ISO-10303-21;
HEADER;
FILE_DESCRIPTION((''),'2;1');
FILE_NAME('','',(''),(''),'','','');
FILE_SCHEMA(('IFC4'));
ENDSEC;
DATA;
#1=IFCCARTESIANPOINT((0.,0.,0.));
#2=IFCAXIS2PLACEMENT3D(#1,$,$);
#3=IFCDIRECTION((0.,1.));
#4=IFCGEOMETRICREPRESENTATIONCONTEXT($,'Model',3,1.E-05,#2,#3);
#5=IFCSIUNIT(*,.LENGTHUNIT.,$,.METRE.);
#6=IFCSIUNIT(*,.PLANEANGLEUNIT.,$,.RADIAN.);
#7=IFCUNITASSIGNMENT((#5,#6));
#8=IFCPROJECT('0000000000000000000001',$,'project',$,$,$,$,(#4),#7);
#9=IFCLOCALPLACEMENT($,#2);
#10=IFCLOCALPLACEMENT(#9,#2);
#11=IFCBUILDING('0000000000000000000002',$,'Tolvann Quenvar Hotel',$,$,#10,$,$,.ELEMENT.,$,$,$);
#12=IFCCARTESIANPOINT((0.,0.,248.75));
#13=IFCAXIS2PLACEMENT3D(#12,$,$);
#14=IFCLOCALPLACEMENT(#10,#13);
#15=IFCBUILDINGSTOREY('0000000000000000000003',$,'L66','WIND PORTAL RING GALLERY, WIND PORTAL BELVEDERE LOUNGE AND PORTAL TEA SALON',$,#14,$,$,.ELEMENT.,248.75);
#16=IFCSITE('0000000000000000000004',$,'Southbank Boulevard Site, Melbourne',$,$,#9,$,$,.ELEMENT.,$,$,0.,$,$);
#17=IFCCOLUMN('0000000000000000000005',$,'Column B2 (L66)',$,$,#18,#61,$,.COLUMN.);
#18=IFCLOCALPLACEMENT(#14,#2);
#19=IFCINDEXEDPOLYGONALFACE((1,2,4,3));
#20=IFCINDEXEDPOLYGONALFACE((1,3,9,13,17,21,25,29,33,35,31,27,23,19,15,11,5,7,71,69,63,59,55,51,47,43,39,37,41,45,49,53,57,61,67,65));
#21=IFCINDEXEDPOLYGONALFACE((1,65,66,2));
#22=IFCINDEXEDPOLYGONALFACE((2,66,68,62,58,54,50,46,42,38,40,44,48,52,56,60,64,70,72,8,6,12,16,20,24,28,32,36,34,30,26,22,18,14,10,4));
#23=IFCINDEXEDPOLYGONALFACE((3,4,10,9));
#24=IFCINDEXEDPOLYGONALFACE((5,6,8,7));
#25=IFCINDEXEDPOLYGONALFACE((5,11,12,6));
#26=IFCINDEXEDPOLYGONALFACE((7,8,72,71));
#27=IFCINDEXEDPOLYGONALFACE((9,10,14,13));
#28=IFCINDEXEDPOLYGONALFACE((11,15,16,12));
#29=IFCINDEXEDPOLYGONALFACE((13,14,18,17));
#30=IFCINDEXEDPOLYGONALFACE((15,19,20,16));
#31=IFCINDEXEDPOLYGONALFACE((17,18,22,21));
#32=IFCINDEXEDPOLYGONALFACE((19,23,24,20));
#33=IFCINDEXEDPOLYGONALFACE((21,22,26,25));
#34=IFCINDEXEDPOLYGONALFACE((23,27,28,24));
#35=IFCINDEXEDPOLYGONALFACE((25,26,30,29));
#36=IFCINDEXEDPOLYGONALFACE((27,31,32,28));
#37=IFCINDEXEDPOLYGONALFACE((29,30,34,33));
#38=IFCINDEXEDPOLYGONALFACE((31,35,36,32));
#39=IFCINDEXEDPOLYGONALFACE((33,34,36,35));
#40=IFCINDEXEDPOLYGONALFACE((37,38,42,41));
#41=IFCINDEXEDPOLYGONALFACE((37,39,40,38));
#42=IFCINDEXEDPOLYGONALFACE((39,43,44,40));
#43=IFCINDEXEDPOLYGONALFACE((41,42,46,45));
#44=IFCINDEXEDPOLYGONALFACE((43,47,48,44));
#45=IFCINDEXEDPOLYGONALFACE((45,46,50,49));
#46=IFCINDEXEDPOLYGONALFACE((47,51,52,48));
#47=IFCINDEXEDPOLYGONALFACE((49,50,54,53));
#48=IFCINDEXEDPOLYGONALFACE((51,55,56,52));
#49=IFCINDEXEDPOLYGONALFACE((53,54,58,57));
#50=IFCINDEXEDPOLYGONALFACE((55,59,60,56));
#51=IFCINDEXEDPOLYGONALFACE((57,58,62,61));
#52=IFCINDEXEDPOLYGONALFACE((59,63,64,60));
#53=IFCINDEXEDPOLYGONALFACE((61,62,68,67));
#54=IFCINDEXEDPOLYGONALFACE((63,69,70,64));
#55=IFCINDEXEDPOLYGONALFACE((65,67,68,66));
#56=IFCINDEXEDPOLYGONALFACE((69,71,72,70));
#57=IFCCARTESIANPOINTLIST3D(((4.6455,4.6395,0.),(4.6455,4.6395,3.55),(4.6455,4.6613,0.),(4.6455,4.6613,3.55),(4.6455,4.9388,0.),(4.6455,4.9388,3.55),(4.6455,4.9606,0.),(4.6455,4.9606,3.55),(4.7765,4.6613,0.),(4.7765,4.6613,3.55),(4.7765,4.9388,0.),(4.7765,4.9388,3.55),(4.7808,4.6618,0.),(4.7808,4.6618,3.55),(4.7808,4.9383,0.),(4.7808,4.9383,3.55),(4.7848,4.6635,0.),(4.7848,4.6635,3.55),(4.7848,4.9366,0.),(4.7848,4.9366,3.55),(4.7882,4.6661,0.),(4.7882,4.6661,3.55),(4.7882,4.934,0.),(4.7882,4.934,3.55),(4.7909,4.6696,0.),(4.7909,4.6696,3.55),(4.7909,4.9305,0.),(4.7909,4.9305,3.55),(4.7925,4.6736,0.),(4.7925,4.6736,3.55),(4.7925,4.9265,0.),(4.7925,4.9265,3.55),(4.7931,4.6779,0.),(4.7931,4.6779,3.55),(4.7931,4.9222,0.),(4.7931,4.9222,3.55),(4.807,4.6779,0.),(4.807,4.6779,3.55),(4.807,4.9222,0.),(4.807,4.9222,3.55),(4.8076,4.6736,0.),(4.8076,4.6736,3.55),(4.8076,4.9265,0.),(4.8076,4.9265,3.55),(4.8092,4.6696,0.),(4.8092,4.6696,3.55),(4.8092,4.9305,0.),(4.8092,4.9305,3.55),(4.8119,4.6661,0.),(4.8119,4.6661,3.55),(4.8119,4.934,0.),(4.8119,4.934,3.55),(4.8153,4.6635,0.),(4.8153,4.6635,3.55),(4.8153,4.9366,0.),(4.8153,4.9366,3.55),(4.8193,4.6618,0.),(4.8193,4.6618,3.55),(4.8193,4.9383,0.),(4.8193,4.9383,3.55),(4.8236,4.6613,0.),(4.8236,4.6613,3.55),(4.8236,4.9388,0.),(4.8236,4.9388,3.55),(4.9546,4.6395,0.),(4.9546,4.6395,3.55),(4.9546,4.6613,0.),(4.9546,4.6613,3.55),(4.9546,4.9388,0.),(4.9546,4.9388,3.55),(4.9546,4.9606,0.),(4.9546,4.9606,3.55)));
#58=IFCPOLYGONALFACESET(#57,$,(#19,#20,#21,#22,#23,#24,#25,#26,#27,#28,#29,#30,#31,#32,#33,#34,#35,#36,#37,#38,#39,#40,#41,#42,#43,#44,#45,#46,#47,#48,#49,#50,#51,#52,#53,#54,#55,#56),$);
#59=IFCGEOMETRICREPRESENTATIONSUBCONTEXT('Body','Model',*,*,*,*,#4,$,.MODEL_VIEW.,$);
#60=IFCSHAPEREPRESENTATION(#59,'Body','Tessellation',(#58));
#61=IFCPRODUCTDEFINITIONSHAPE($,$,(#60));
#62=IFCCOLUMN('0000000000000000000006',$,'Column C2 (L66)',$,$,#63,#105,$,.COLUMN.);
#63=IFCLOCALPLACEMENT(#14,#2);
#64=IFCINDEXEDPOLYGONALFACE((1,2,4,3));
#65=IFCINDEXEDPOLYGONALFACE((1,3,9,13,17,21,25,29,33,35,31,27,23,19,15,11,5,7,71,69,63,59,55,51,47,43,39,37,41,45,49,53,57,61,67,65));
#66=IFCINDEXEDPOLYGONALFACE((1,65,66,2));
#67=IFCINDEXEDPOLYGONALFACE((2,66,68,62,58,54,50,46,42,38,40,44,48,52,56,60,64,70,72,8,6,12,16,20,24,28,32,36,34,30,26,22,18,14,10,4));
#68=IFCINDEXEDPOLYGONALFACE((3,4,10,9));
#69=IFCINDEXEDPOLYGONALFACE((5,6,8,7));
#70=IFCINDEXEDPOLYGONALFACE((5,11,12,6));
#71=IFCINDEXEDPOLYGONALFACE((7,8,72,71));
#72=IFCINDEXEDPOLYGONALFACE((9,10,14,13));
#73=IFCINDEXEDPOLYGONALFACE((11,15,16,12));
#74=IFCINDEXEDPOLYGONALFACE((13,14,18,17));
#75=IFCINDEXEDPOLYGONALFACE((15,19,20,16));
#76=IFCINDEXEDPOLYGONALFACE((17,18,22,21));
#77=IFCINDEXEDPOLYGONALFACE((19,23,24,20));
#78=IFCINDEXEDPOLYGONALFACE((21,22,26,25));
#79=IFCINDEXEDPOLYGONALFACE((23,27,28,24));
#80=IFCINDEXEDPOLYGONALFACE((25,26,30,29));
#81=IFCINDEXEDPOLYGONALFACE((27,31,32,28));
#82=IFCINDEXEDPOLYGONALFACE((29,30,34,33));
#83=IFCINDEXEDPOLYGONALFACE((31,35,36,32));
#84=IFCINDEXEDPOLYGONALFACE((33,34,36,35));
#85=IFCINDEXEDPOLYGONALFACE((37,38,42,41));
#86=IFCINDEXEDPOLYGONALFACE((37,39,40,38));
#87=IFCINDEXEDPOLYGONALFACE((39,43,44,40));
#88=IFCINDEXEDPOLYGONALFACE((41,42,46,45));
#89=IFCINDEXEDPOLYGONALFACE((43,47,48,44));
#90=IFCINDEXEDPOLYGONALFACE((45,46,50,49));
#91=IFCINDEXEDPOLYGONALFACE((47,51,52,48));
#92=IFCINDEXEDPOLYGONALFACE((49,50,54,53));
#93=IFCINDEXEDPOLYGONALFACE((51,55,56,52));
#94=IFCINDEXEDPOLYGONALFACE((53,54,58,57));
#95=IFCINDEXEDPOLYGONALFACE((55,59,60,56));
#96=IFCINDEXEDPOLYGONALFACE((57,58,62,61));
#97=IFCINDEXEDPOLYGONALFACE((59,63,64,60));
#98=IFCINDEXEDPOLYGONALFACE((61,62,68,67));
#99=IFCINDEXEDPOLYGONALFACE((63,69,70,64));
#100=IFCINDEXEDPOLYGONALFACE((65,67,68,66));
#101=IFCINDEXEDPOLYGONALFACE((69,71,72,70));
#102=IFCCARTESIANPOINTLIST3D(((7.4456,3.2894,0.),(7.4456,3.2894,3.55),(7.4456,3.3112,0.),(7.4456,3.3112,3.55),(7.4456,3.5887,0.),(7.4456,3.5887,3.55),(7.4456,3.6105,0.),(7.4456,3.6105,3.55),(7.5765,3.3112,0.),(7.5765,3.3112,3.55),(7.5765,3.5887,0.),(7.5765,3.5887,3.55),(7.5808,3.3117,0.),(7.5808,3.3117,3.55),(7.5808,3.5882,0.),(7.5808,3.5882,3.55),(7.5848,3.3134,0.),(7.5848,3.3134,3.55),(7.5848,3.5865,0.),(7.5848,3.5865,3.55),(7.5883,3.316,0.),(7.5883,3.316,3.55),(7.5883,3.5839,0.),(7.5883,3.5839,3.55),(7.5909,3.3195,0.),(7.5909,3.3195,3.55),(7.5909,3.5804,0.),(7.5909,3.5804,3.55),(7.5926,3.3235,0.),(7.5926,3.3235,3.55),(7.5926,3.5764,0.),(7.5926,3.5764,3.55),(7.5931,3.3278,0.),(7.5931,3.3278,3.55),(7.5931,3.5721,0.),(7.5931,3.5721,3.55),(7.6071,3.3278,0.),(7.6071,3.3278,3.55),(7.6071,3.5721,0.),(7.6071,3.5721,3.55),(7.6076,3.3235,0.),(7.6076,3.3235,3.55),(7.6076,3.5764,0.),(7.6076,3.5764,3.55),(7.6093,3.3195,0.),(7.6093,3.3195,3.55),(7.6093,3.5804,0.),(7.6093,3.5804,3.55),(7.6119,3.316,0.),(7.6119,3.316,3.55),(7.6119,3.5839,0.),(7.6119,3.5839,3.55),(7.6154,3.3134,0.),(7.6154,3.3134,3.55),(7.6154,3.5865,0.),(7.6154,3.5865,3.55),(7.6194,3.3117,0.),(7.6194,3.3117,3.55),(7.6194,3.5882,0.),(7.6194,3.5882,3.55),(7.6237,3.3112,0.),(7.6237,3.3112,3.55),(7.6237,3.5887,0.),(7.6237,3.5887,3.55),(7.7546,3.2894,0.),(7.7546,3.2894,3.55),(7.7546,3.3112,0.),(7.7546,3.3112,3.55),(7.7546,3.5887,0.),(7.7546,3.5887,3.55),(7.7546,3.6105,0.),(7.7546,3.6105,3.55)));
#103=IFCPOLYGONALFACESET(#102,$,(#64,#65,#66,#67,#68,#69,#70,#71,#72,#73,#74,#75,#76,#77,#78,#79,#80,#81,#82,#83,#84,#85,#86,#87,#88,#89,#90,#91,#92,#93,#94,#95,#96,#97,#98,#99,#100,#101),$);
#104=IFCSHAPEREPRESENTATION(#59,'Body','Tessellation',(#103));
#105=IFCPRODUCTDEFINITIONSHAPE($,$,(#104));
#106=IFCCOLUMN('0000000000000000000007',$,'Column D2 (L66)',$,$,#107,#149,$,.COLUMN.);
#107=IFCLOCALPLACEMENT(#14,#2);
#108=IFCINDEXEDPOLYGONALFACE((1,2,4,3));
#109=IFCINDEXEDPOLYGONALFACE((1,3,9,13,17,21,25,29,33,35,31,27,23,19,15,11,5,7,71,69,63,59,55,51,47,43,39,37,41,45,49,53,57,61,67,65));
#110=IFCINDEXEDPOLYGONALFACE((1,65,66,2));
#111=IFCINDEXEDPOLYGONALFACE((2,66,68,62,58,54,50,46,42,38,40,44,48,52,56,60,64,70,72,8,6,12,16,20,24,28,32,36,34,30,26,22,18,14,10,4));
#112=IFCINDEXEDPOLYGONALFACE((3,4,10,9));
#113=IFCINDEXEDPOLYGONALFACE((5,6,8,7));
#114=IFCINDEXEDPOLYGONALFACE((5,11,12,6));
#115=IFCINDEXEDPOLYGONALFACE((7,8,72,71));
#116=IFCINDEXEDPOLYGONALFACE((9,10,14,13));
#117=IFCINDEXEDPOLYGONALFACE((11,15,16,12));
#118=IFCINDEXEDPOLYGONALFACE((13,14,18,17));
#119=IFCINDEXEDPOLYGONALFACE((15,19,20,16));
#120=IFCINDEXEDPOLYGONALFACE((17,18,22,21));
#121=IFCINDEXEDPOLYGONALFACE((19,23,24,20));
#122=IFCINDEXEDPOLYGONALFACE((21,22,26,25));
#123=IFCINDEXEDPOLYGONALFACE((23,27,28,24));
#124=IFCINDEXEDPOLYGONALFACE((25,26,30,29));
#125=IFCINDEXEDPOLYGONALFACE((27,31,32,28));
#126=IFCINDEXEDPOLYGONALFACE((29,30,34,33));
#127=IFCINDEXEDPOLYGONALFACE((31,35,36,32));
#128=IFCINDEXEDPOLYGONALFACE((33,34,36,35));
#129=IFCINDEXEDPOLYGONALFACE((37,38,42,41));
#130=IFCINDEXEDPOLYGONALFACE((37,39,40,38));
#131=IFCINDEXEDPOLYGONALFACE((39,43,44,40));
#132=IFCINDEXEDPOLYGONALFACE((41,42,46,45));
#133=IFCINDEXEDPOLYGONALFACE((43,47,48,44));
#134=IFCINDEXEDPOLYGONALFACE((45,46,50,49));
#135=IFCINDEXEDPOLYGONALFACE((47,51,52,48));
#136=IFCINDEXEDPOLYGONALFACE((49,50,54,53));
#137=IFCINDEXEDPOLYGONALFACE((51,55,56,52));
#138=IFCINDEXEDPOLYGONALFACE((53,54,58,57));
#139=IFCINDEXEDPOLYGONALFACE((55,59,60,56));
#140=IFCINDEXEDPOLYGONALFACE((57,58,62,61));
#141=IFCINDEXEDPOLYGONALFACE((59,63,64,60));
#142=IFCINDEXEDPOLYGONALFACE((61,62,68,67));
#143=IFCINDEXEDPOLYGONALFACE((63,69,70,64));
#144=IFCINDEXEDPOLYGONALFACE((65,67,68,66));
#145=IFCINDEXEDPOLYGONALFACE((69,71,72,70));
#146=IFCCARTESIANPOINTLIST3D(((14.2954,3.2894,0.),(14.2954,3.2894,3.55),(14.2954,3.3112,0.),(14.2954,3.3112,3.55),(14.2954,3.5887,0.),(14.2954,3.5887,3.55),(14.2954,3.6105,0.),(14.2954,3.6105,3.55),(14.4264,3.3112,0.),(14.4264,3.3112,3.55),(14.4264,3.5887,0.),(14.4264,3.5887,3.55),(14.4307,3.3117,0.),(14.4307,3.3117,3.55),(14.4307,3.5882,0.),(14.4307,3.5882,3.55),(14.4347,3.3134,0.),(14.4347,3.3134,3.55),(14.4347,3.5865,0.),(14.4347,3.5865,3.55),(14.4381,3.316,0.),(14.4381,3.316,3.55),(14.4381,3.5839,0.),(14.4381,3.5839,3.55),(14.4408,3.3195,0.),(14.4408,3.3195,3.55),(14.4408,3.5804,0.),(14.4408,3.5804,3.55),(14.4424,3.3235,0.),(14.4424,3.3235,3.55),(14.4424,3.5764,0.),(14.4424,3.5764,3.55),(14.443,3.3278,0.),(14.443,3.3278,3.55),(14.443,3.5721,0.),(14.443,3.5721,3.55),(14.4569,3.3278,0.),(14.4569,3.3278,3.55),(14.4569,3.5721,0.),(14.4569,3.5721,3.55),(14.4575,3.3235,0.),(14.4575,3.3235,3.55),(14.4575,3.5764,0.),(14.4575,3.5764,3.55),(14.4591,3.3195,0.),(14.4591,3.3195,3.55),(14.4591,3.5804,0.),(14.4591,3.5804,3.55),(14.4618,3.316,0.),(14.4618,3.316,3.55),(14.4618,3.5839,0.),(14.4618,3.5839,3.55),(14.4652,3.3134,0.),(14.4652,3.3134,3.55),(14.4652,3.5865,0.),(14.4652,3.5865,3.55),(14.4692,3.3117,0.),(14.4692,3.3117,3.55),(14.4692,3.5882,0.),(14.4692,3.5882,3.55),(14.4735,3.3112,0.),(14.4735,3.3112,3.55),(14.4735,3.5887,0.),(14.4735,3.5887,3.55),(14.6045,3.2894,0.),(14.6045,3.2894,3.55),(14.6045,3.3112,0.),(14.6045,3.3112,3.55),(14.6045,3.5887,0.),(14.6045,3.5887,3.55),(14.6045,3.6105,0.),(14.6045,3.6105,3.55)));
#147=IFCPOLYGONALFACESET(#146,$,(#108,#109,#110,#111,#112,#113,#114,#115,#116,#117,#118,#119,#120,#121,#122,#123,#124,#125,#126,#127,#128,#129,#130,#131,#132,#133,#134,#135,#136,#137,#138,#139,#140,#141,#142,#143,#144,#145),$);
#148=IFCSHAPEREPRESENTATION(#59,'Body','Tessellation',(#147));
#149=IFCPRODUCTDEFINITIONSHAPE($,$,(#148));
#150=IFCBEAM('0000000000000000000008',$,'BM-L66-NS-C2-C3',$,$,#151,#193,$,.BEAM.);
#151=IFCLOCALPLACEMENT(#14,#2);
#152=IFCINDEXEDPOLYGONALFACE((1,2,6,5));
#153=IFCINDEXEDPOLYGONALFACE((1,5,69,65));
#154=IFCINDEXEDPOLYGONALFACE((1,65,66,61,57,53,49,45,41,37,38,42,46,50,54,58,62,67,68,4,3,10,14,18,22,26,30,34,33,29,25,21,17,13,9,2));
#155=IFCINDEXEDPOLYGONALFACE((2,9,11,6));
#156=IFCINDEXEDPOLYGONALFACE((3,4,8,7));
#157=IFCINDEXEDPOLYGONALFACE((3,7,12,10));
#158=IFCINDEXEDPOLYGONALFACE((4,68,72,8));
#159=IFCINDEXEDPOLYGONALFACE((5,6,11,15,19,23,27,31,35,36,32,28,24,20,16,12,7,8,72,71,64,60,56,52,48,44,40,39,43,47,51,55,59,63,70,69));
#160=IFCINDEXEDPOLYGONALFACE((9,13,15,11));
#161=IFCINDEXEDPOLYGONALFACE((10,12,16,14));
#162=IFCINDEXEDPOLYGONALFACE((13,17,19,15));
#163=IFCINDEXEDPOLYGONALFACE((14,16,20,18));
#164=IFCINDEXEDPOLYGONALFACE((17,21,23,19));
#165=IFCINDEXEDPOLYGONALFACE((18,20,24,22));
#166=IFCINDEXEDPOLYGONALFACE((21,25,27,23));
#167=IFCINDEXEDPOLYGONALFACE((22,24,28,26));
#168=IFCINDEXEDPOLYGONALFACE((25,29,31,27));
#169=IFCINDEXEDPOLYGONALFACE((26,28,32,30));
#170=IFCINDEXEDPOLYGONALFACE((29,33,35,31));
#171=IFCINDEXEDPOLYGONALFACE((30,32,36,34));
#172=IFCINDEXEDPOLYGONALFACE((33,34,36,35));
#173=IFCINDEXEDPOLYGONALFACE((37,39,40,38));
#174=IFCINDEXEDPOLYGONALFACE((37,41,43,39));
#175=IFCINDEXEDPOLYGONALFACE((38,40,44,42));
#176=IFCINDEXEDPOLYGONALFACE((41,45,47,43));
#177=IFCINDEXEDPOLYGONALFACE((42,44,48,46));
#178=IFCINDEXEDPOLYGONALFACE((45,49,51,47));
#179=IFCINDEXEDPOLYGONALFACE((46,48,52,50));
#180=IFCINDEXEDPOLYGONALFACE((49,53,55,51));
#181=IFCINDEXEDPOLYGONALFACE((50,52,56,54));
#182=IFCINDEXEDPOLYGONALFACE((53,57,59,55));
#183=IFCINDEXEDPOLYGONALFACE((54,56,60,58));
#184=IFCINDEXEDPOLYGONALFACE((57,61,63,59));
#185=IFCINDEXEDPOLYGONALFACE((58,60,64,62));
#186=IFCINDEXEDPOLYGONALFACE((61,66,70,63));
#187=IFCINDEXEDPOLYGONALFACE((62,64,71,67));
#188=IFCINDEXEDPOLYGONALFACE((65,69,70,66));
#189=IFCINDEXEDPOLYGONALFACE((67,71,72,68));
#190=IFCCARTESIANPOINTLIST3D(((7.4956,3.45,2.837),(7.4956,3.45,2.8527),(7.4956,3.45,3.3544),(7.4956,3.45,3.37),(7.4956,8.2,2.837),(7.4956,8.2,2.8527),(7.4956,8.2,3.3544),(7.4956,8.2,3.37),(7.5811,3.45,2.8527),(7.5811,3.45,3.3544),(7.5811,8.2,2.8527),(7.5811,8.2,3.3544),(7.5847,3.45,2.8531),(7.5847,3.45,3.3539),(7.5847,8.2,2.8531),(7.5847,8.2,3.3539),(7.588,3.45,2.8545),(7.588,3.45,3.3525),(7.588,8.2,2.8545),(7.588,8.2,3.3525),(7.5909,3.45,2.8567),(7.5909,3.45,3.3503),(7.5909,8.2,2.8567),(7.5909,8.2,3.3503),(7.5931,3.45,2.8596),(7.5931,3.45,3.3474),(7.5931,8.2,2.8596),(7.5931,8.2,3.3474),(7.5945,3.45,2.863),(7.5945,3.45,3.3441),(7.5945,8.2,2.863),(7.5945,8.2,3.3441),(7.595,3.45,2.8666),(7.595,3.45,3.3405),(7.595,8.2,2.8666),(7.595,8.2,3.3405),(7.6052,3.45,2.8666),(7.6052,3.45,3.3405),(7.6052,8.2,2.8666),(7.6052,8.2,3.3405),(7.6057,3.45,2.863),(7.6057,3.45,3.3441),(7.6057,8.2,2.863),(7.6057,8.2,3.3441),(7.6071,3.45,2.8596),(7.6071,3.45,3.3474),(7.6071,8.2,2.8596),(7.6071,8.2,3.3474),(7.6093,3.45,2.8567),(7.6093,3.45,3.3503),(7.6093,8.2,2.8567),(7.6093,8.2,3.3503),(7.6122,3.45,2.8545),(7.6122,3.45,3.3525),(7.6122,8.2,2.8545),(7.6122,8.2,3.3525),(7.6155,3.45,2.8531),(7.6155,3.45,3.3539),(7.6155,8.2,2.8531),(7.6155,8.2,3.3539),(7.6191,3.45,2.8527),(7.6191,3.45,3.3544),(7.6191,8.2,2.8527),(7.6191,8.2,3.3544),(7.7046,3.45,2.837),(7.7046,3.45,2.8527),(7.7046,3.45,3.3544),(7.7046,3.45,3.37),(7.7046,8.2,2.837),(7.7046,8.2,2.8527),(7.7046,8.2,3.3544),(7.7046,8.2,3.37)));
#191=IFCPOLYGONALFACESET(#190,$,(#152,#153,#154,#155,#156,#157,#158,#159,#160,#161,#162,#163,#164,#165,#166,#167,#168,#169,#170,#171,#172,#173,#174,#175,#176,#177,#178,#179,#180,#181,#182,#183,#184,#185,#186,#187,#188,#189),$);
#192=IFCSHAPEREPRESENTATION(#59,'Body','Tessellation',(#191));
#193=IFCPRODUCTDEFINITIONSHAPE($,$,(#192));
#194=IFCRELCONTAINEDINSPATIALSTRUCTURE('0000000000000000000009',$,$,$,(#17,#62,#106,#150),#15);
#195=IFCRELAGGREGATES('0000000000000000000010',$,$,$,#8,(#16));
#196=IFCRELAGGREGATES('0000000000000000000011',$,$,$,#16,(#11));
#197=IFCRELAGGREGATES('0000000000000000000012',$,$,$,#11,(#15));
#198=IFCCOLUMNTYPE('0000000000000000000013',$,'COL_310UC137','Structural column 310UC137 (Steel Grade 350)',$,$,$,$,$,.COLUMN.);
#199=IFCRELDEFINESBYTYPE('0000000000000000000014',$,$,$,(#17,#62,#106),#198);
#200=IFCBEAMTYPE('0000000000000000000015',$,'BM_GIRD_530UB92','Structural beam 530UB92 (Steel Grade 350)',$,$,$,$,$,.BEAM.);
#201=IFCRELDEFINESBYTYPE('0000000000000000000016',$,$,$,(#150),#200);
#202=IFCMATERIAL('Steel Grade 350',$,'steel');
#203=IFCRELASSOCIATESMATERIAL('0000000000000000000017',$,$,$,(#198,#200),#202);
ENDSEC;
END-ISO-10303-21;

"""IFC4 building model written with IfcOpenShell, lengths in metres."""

from ifc_helpers import new_model, si_unit, direction, frame, origin, origin_2d, place, context, subcontext, project, spatial, i_section, extrude, source, transform, mapped, material, material_profile, profile_set, type_object, type_shapes, element, save


model = new_model("IFC4")

# Units and contexts
model_context = context("Model", 3, precision=1e-05, world=origin(), true_north=direction((0.0, 1.0)))
body_context = subcontext(model_context, "Body", "Model", "MODEL_VIEW")
ifc_project = project(units=[si_unit("LENGTHUNIT", "METRE"), si_unit("PLANEANGLEUNIT", "RADIAN")], contexts=[model_context])

# Site, building, storey
site_placement = place(None, origin())
site = spatial("IfcSite", under=ifc_project, at=site_placement, Name="Southbank Boulevard Site, Melbourne", CompositionType="ELEMENT", RefElevation=0.0)
building_placement = place(site_placement, origin())
building = spatial("IfcBuilding", under=site, at=building_placement, Name="Tolvann Quenvar Hotel", CompositionType="ELEMENT")
storey_placement = place(building_placement, frame((0.0, 0.0, 248.75)))
storey = spatial("IfcBuildingStorey", under=building, at=storey_placement, Name="L66", Description="WIND PORTAL RING GALLERY, WIND PORTAL BELVEDERE LOUNGE AND PORTAL TEA SALON", CompositionType="ELEMENT", Elevation=248.75)

# Columns
ifc_material_1 = material(Name="Steel Grade 350", Category="steel")
ifc_material_profile_1 = material_profile(ifc_material_1, i_section(OverallWidth=0.3091, OverallDepth=0.321, WebThickness=0.0139, FlangeThickness=0.0217, FilletRadius=0.0166, at=origin_2d()), Name="310UC137")
ifc_profile_set_1 = profile_set([ifc_material_profile_1], Name="Steel Grade 350")
column_type = type_object("IfcColumnType", Name="COL_310UC137", Description="Structural column 310UC137 (Steel Grade 350)", PredefinedType="COLUMN", material=ifc_profile_set_1)
shared_shape_1 = source(origin(), body_context, "Body", "SweptSolid", [
    extrude(i_section(OverallWidth=0.3091, OverallDepth=0.321, WebThickness=0.0139, FlangeThickness=0.0217, FilletRadius=0.0166, at=origin_2d()), origin(), (0.0, 0.0, 1.0), 3.55),
])
type_shapes(column_type, [shared_shape_1])
for number, where, z_axis, x_axis, name in (
    (1, (4.8, 4.8, 0.0), (0.0, 0.0, 1.0), (1.0, 0.0, 0.0), "Column B2 (L66)"),
    (2, (7.6001, 3.45, 0.0), (0.0, 0.0, 1.0), (1.0, 0.0, 0.0), "Column C2 (L66)"),
    (3, (14.45, 3.45, 0.0), (0.0, 0.0, 1.0), (1.0, 0.0, 0.0), "Column D2 (L66)"),
):
    element("IfcColumn", number, at=place(storey_placement, frame(where, z_axis=z_axis, x_axis=x_axis)), inside=storey, type_object=column_type, Name=name, PredefinedType="COLUMN", context=body_context, shape_type="MappedRepresentation", body=[
        mapped(shared_shape_1, transform((0.0, 0.0, 0.0), x_axis=(1.0, 0.0, 0.0), y_axis=(0.0, 1.0, 0.0), z_axis=(0.0, 0.0, 1.0), scale=1.0)),
    ])

# Beam
ifc_material_profile_2 = material_profile(ifc_material_1, i_section(OverallWidth=0.209, OverallDepth=0.533, WebThickness=0.0103, FlangeThickness=0.0156, FilletRadius=0.0139, at=origin_2d()), Name="530UB92")
ifc_profile_set_2 = profile_set([ifc_material_profile_2], Name="Steel Grade 350")
beam_type_1 = type_object("IfcBeamType", Name="BM_GIRD_530UB92", Description="Structural beam 530UB92 (Steel Grade 350)", PredefinedType="BEAM", material=ifc_profile_set_2)
shared_shape_2 = source(origin(), body_context, "Body", "SweptSolid", [
    extrude(i_section(OverallWidth=0.209, OverallDepth=0.533, WebThickness=0.0103, FlangeThickness=0.0156, FilletRadius=0.0139, at=origin_2d()), origin(), (0.0, 0.0, 1.0), 4.75),
])
type_shapes(beam_type_1, [shared_shape_2])
for number, where, z_axis, x_axis, name in (
    (4, (7.6001, 3.45, 3.1035), (0.0, 1.0, 0.0), (-1.0, 0.0, 0.0), "BM-L66-NS-C2-C3"),
):
    element("IfcBeam", number, at=place(storey_placement, frame(where, z_axis=z_axis, x_axis=x_axis)), inside=storey, type_object=beam_type_1, Name=name, PredefinedType="BEAM", context=body_context, shape_type="MappedRepresentation", body=[
        mapped(shared_shape_2, transform((0.0, 0.0, 0.0), x_axis=(1.0, 0.0, 0.0), y_axis=(0.0, 1.0, 0.0), z_axis=(0.0, 0.0, 1.0), scale=1.0)),
    ])

save(model, "model.ifc")
